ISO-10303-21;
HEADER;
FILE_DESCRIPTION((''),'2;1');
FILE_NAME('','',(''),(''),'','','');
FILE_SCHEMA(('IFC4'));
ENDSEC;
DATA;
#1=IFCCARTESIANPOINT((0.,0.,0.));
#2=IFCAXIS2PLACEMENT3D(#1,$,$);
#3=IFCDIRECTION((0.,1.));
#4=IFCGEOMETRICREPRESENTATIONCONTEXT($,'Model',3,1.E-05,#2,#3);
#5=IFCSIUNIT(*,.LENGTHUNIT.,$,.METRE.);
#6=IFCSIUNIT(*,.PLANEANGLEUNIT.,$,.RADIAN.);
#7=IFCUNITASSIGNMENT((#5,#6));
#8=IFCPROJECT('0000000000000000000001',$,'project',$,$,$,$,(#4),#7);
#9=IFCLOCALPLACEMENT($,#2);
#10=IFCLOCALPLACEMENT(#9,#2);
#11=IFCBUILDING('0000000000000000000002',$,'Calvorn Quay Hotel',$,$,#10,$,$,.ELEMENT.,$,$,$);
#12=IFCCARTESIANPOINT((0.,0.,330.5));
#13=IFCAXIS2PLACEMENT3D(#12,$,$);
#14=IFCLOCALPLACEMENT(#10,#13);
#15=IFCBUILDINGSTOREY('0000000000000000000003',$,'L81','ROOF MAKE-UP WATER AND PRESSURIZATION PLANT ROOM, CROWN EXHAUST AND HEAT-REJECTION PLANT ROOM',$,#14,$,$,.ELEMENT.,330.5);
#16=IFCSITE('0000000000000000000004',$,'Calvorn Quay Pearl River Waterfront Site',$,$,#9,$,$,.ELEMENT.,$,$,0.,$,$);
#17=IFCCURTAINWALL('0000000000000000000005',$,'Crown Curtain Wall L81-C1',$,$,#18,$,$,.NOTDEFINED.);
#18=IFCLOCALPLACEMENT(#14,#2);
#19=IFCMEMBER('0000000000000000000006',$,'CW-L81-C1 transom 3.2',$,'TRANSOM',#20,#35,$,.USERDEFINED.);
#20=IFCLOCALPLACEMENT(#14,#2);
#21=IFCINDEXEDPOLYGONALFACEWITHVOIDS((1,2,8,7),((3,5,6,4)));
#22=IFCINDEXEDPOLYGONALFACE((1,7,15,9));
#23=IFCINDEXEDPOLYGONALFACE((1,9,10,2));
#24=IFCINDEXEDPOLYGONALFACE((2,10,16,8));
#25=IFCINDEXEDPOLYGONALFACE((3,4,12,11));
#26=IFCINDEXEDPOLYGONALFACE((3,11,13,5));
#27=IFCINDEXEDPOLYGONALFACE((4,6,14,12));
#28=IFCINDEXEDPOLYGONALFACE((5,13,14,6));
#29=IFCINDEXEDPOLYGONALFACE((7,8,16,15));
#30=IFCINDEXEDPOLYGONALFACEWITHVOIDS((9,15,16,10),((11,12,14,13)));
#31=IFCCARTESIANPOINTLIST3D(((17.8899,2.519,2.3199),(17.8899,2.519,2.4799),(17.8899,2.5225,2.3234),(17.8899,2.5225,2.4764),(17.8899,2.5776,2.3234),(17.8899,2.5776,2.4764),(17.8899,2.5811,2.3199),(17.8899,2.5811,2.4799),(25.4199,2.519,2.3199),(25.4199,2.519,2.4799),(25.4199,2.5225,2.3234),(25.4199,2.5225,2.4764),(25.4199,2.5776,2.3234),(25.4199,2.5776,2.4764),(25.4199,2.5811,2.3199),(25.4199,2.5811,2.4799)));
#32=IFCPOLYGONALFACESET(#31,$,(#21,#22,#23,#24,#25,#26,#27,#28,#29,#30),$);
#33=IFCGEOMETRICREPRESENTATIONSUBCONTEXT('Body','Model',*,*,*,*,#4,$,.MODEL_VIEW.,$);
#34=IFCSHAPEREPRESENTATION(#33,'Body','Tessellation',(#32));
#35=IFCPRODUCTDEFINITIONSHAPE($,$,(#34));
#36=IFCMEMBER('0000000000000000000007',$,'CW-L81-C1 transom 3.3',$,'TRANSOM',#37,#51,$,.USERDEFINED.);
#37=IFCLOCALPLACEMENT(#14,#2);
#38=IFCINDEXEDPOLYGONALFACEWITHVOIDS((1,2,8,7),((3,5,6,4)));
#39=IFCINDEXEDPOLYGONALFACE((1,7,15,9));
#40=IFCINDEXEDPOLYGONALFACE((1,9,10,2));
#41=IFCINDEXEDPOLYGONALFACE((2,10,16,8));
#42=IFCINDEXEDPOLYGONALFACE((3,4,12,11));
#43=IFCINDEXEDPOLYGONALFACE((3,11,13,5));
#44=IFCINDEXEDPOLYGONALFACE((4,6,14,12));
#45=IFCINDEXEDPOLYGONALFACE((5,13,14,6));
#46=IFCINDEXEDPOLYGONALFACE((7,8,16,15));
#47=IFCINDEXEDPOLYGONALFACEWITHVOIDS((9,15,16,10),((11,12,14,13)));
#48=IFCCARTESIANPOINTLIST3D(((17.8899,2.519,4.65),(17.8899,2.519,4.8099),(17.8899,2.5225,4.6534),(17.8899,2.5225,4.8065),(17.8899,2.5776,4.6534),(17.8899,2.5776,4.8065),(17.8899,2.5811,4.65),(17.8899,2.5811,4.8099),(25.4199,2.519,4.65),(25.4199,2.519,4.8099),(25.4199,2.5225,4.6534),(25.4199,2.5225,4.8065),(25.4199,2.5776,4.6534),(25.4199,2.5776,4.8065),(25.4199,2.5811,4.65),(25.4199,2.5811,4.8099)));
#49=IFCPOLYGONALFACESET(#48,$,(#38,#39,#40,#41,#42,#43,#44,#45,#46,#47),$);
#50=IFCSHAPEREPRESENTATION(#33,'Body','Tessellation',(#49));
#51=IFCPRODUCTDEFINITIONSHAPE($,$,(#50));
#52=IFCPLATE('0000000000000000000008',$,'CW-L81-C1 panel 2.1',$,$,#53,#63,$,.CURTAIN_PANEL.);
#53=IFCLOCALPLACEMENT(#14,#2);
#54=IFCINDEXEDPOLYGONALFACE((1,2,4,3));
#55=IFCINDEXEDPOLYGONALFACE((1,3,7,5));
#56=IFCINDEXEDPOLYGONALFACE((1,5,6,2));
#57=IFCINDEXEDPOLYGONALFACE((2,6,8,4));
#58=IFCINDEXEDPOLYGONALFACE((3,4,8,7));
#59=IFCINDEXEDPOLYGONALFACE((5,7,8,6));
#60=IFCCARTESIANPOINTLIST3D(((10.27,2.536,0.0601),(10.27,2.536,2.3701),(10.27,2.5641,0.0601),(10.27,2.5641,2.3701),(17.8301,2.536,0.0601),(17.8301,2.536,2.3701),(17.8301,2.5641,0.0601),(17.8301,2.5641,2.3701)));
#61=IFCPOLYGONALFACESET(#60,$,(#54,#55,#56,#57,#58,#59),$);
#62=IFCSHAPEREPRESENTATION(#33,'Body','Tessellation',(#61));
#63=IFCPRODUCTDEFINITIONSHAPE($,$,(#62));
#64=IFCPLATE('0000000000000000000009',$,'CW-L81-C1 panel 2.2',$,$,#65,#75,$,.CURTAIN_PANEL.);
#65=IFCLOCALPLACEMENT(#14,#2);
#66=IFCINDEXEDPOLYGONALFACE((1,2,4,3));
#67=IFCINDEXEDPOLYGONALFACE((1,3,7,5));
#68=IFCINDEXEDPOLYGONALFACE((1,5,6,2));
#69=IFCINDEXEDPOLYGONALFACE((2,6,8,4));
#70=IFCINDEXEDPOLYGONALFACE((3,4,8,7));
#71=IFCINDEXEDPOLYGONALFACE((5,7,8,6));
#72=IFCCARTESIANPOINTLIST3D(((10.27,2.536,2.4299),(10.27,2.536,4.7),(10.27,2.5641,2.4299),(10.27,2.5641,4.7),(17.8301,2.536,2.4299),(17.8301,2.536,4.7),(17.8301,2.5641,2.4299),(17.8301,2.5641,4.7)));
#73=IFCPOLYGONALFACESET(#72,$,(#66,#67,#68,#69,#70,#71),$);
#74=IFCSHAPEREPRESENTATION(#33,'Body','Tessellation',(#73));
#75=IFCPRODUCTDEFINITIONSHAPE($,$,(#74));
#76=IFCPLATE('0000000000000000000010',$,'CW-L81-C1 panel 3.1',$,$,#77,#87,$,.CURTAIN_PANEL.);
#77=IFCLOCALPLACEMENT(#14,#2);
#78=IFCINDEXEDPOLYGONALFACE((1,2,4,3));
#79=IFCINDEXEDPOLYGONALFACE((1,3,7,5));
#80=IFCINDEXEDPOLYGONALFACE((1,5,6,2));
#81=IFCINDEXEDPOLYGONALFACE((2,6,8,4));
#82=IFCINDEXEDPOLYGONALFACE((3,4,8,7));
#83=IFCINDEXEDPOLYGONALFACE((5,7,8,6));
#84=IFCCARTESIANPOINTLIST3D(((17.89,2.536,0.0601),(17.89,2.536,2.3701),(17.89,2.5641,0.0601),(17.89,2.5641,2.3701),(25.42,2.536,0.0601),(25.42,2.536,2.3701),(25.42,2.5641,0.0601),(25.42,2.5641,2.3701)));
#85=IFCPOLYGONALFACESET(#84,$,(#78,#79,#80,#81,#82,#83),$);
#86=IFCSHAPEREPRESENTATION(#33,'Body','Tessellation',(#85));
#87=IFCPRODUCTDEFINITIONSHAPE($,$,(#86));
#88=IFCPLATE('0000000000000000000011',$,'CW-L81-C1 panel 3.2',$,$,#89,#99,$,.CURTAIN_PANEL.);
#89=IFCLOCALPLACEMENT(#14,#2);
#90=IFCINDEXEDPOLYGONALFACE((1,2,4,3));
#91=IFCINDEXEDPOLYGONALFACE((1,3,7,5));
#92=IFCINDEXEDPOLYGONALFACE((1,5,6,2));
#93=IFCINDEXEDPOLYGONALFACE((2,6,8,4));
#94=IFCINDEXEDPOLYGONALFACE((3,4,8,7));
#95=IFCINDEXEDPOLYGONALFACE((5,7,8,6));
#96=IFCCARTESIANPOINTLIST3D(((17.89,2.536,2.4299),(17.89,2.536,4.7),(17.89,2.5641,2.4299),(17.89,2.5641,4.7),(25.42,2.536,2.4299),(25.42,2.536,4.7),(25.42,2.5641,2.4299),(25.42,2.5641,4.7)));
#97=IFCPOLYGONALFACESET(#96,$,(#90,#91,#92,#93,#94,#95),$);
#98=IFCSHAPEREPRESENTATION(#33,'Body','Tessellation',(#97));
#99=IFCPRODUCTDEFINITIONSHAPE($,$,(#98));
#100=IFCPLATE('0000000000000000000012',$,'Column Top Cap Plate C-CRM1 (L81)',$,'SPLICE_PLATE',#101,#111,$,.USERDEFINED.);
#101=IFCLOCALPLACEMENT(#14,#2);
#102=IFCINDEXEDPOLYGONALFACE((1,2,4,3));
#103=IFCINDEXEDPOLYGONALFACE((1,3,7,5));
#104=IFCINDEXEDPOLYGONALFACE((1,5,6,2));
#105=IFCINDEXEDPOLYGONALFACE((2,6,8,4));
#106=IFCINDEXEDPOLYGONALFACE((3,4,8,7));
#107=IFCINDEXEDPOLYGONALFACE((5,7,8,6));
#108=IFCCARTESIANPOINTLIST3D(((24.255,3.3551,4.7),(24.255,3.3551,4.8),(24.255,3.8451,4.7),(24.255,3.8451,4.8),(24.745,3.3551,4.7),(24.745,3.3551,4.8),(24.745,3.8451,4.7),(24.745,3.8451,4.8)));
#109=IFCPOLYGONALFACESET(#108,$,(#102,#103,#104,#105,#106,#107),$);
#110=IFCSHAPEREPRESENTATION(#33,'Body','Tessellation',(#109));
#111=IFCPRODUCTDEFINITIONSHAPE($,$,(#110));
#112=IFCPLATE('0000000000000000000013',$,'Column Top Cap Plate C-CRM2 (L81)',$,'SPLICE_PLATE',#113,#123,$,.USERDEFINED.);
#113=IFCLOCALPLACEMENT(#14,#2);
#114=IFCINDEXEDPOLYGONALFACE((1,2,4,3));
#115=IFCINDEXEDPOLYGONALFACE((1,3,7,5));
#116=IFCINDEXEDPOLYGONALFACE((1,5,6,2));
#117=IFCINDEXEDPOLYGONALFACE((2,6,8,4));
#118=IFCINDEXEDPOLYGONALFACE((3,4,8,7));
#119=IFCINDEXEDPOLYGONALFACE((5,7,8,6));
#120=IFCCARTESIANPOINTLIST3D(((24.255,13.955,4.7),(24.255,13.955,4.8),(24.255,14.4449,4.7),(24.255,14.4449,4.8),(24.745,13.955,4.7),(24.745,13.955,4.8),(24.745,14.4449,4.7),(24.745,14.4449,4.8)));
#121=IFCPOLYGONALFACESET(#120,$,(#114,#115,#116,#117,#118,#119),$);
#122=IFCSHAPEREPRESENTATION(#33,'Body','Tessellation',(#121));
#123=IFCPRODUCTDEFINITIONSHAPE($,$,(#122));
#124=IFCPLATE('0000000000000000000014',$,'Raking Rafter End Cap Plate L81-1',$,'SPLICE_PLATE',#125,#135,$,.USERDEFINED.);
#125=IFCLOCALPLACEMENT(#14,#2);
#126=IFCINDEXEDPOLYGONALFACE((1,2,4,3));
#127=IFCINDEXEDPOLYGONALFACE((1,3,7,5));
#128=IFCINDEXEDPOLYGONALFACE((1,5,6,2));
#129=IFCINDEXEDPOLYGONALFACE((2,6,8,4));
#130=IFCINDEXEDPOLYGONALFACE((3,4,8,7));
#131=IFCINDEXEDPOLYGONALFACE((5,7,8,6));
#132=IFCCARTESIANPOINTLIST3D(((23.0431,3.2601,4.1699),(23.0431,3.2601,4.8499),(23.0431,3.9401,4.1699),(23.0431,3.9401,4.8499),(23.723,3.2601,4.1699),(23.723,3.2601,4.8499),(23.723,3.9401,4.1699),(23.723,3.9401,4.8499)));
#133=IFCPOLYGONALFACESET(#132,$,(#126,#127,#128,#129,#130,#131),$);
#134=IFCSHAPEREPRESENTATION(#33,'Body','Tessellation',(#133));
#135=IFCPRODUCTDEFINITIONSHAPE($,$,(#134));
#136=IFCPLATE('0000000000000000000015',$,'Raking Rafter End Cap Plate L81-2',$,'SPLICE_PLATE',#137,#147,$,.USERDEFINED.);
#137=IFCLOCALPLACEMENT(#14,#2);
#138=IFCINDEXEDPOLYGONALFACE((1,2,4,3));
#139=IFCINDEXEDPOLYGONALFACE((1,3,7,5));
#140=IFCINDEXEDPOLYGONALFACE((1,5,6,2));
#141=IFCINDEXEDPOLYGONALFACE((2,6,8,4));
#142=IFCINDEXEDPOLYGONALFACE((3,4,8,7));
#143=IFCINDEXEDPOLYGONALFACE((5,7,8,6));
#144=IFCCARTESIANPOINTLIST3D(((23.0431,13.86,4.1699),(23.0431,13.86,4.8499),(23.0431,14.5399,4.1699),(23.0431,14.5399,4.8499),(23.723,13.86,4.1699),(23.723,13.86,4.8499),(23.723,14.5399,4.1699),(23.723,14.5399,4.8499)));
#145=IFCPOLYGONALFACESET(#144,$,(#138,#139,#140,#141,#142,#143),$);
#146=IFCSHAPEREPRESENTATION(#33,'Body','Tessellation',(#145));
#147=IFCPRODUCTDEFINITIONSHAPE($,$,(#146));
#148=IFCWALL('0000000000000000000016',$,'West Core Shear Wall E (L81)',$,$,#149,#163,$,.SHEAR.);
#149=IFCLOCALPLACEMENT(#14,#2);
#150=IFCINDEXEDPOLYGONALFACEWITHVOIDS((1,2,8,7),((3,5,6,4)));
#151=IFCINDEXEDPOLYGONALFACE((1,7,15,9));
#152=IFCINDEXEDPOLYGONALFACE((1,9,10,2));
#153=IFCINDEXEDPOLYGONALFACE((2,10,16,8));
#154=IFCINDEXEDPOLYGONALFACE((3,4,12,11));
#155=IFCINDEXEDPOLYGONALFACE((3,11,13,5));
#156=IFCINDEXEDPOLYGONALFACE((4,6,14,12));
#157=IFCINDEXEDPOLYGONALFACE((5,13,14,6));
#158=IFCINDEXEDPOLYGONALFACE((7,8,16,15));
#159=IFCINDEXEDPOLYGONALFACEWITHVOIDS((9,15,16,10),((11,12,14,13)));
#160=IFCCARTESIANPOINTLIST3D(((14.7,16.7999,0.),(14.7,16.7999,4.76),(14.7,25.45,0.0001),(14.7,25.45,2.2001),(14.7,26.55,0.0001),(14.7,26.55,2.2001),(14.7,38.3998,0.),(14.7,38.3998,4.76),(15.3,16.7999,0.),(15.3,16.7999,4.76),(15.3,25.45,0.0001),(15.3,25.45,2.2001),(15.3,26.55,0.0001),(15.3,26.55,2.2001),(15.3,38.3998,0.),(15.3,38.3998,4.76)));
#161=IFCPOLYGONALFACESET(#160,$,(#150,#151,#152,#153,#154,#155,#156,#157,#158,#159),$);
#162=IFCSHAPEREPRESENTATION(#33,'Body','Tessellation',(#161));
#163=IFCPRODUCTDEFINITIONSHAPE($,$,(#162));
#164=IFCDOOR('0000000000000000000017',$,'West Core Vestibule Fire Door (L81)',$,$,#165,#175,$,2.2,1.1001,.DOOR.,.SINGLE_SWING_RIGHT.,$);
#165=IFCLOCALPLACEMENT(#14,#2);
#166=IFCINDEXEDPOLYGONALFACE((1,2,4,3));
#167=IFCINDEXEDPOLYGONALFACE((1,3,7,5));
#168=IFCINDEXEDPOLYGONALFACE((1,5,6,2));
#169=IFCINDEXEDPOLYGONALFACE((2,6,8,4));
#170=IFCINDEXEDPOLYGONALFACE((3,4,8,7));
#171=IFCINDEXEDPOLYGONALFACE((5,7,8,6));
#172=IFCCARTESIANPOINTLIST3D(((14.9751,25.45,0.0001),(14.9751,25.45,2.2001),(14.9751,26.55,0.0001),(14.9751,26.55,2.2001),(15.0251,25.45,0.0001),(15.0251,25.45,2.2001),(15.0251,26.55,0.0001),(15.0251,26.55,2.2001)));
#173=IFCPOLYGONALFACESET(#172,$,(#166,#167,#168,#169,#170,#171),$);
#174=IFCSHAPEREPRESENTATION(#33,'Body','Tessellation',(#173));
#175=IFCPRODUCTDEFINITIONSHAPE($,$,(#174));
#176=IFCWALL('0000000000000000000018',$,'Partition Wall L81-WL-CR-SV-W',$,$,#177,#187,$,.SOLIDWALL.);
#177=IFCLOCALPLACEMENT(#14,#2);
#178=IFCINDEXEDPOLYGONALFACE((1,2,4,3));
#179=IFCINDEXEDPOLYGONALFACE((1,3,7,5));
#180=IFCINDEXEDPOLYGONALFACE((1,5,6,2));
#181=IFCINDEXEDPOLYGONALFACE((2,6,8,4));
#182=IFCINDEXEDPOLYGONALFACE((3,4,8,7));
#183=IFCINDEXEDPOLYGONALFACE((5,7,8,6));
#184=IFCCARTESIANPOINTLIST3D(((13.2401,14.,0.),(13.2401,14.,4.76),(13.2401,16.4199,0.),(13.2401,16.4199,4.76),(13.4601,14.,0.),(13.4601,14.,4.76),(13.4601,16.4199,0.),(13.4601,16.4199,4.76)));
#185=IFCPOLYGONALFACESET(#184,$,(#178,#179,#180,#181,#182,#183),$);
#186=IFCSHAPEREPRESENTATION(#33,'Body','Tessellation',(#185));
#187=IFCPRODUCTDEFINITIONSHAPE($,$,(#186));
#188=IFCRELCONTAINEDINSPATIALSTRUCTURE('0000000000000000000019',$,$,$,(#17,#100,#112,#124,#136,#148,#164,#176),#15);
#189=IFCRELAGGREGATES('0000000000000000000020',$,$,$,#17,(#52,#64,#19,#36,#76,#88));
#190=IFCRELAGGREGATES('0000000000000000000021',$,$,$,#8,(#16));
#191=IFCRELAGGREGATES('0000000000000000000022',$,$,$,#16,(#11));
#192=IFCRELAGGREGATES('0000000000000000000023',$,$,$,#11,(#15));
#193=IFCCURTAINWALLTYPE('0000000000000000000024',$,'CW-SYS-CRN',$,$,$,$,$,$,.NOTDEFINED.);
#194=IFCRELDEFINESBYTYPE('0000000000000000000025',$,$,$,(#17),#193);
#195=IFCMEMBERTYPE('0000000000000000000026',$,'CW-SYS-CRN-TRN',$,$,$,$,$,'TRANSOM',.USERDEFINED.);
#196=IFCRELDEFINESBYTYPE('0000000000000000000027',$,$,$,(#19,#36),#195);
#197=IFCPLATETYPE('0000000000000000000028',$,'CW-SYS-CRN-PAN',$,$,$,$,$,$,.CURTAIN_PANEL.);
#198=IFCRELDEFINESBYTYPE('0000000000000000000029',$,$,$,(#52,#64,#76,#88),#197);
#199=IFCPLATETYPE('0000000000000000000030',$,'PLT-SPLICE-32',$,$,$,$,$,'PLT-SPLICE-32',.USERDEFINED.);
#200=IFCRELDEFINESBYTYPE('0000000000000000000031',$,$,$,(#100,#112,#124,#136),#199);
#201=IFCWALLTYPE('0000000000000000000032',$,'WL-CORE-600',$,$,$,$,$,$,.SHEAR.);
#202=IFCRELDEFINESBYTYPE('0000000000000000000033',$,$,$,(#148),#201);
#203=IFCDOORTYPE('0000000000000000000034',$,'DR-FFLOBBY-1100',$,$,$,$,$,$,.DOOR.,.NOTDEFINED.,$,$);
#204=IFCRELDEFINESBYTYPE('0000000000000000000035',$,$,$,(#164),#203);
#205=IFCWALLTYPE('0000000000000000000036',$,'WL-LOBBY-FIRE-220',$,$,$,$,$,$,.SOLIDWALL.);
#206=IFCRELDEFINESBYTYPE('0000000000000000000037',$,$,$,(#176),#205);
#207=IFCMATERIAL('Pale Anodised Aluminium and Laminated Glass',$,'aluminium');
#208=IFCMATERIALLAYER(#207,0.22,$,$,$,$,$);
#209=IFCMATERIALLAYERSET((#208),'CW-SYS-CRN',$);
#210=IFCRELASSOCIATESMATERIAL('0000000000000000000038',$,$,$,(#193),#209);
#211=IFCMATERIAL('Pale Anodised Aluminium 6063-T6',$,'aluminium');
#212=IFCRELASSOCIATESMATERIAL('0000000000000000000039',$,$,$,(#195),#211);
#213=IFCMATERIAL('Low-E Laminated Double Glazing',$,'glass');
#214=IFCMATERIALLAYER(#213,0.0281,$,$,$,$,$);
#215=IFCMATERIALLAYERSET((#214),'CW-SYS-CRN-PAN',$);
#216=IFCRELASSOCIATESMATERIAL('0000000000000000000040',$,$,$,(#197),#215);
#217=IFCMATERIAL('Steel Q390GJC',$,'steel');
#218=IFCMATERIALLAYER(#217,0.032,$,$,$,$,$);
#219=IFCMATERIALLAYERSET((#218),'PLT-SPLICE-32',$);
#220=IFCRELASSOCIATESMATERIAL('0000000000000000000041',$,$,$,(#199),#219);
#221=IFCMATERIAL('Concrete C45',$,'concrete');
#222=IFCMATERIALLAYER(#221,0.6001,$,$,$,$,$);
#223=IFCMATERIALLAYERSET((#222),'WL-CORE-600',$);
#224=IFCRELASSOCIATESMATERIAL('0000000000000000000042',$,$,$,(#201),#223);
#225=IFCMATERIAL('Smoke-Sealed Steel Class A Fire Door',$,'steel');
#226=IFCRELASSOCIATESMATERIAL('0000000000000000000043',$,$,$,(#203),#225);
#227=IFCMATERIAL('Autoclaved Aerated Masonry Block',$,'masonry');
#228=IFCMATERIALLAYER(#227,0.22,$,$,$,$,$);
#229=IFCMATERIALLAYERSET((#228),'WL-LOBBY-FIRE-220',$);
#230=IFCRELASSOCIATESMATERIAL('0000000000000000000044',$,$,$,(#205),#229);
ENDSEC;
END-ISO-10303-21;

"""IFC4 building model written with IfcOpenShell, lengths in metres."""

from ifc_helpers import new_model, si_unit, direction, frame, frame_2d, origin, origin_2d, place, context, subcontext, project, spatial, rectangle, hollow_rectangle, extrude, material, layer, layer_set, material_profile, profile_set, type_object, element, fill, aggregate, save


model = new_model("IFC4")

# Units and contexts
model_context = context("Model", 3, precision=1e-05, world=origin(), true_north=direction((0.0, 1.0)))
body_context = subcontext(model_context, "Body", "Model", "MODEL_VIEW")
ifc_project = project(units=[si_unit("LENGTHUNIT", "METRE"), si_unit("PLANEANGLEUNIT", "RADIAN")], contexts=[model_context])

# Site, building, storey
site_placement = place(None, origin())
site = spatial("IfcSite", under=ifc_project, at=site_placement, Name="Calvorn Quay Pearl River Waterfront Site", CompositionType="ELEMENT", RefElevation=0.0)
building_placement = place(site_placement, origin())
building = spatial("IfcBuilding", under=site, at=building_placement, Name="Calvorn Quay Hotel", CompositionType="ELEMENT")
storey_placement = place(building_placement, frame((0.0, 0.0, 330.5)))
storey = spatial("IfcBuildingStorey", under=building, at=storey_placement, Name="L81", Description="ROOF MAKE-UP WATER AND PRESSURIZATION PLANT ROOM, CROWN EXHAUST AND HEAT-REJECTION PLANT ROOM", CompositionType="ELEMENT", Elevation=330.5)

# Curtain wall, members, plates
ifc_material_1 = material(Name="Pale Anodised Aluminium and Laminated Glass", Category="aluminium")
ifc_layer_1 = layer(ifc_material_1, 0.22)
ifc_layer_set_1 = layer_set([ifc_layer_1], Name="CW-SYS-CRN")
curtain_wall_type = type_object("IfcCurtainWallType", Name="CW-SYS-CRN", PredefinedType="NOTDEFINED", material=ifc_layer_set_1)
curtain_wall_placement = place(storey_placement, origin())
curtain_wall = element("IfcCurtainWall", 1, at=curtain_wall_placement, inside=storey, type_object=curtain_wall_type, Name="Crown Curtain Wall L81-C1", PredefinedType="NOTDEFINED")
ifc_material_2 = material(Name="Pale Anodised Aluminium 6063-T6", Category="aluminium")
ifc_material_profile_1 = material_profile(ifc_material_2, hollow_rectangle(XDim=0.062, YDim=0.1599, WallThickness=0.0034, at=origin_2d()), Name="ALU-T160x62x3.5")
ifc_profile_set_1 = profile_set([ifc_material_profile_1], Name="Pale Anodised Aluminium 6063-T6")
member_type_1 = type_object("IfcMemberType", Name="CW-SYS-CRN-TRN", ElementType="TRANSOM", PredefinedType="USERDEFINED", material=ifc_profile_set_1)
member_1_placement = place(storey_placement, frame((17.8899, 2.55, 2.3999), z_axis=(1.0, 0.0, 0.0), x_axis=(0.0, 1.0, 0.0)))
member_1 = element("IfcMember", 2, at=member_1_placement, type_object=member_type_1, Name="CW-L81-C1 transom 3.2", ObjectType="TRANSOM", PredefinedType="USERDEFINED", context=body_context, shape_type="SweptSolid", body=[
    extrude(hollow_rectangle(XDim=0.062, YDim=0.1599, WallThickness=0.0034, at=origin_2d()), origin(), (0.0, 0.0, 1.0), 7.53),
])
member_2_placement = place(storey_placement, frame((17.8899, 2.55, 4.73), z_axis=(1.0, 0.0, 0.0), x_axis=(0.0, 1.0, 0.0)))
member_2 = element("IfcMember", 3, at=member_2_placement, type_object=member_type_1, Name="CW-L81-C1 transom 3.3", ObjectType="TRANSOM", PredefinedType="USERDEFINED", context=body_context, shape_type="SweptSolid", body=[
    extrude(hollow_rectangle(XDim=0.062, YDim=0.1599, WallThickness=0.0034, at=origin_2d()), origin(), (0.0, 0.0, 1.0), 7.53),
])
ifc_material_3 = material(Name="Low-E Laminated Double Glazing", Category="glass")
ifc_layer_2 = layer(ifc_material_3, 0.0281)
ifc_layer_set_2 = layer_set([ifc_layer_2], Name="CW-SYS-CRN-PAN")
plate_type_1 = type_object("IfcPlateType", Name="CW-SYS-CRN-PAN", PredefinedType="CURTAIN_PANEL", material=ifc_layer_set_2)
plate_1_placement = place(storey_placement, frame((14.05, 2.55, 0.0601), z_axis=(0.0, 0.0, 1.0), x_axis=(1.0, 0.0, 0.0)))
plate_1 = element("IfcPlate", 4, at=plate_1_placement, type_object=plate_type_1, Name="CW-L81-C1 panel 2.1", PredefinedType="CURTAIN_PANEL", context=body_context, shape_type="SweptSolid", body=[
    extrude(rectangle(XDim=7.5601, YDim=0.0281, at=origin_2d()), origin(), (0.0, 0.0, 1.0), 2.3101),
])
plate_2_placement = place(storey_placement, frame((14.05, 2.55, 2.4299), z_axis=(0.0, 0.0, 1.0), x_axis=(1.0, 0.0, 0.0)))
plate_2 = element("IfcPlate", 5, at=plate_2_placement, type_object=plate_type_1, Name="CW-L81-C1 panel 2.2", PredefinedType="CURTAIN_PANEL", context=body_context, shape_type="SweptSolid", body=[
    extrude(rectangle(XDim=7.5601, YDim=0.0281, at=origin_2d()), origin(), (0.0, 0.0, 1.0), 2.27),
])
plate_3_placement = place(storey_placement, frame((21.655, 2.55, 0.0601), z_axis=(0.0, 0.0, 1.0), x_axis=(1.0, 0.0, 0.0)))
plate_3 = element("IfcPlate", 6, at=plate_3_placement, type_object=plate_type_1, Name="CW-L81-C1 panel 3.1", PredefinedType="CURTAIN_PANEL", context=body_context, shape_type="SweptSolid", body=[
    extrude(rectangle(XDim=7.53, YDim=0.0281, at=origin_2d()), origin(), (0.0, 0.0, 1.0), 2.3101),
])
plate_4_placement = place(storey_placement, frame((21.655, 2.55, 2.4299), z_axis=(0.0, 0.0, 1.0), x_axis=(1.0, 0.0, 0.0)))
plate_4 = element("IfcPlate", 7, at=plate_4_placement, type_object=plate_type_1, Name="CW-L81-C1 panel 3.2", PredefinedType="CURTAIN_PANEL", context=body_context, shape_type="SweptSolid", body=[
    extrude(rectangle(XDim=7.53, YDim=0.0281, at=origin_2d()), origin(), (0.0, 0.0, 1.0), 2.27),
])
aggregate(curtain_wall, [plate_1, plate_2, member_1, member_2, plate_3, plate_4])

# Plates
ifc_material_4 = material(Name="Steel Q390GJC", Category="steel")
ifc_layer_3 = layer(ifc_material_4, 0.032)
ifc_layer_set_3 = layer_set([ifc_layer_3], Name="PLT-SPLICE-32")
plate_type_2 = type_object("IfcPlateType", Name="PLT-SPLICE-32", ElementType="PLT-SPLICE-32", PredefinedType="USERDEFINED", material=ifc_layer_set_3)
for number, where, z_axis, x_axis, name in (
    (8, (24.5, 3.6001, 4.7), (0.0, 0.0, 1.0), (1.0, 0.0, 0.0), "Column Top Cap Plate C-CRM1 (L81)"),
    (9, (24.5, 14.2, 4.7), (0.0, 0.0, 1.0), (1.0, 0.0, 0.0), "Column Top Cap Plate C-CRM2 (L81)"),
):
    element("IfcPlate", number, at=place(storey_placement, frame(where, z_axis=z_axis, x_axis=x_axis)), inside=storey, type_object=plate_type_2, Name=name, ObjectType="SPLICE_PLATE", PredefinedType="USERDEFINED", context=body_context, shape_type="SweptSolid", body=[
        extrude(rectangle(XDim=0.49, YDim=0.49, at=origin_2d()), origin(), (0.0, 0.0, 1.0), 0.1001),
    ])
for number, where, z_axis, x_axis, name in (
    (10, (23.3831, 3.6001, 4.1699), (0.0, 0.0, 1.0), (1.0, 0.0, 0.0), "Raking Rafter End Cap Plate L81-1"),
    (11, (23.3831, 14.2, 4.1699), (0.0, 0.0, 1.0), (1.0, 0.0, 0.0), "Raking Rafter End Cap Plate L81-2"),
):
    element("IfcPlate", number, at=place(storey_placement, frame(where, z_axis=z_axis, x_axis=x_axis)), inside=storey, type_object=plate_type_2, Name=name, ObjectType="SPLICE_PLATE", PredefinedType="USERDEFINED", context=body_context, shape_type="SweptSolid", body=[
        extrude(rectangle(XDim=0.6799, YDim=0.6799, at=origin_2d()), origin(), (0.0, 0.0, 1.0), 0.6799),
    ])

# Wall, opening, door
ifc_material_5 = material(Name="Concrete C45", Category="concrete")
ifc_layer_4 = layer(ifc_material_5, 0.6001)
ifc_layer_set_4 = layer_set([ifc_layer_4], Name="WL-CORE-600")
wall_type_1 = type_object("IfcWallType", Name="WL-CORE-600", PredefinedType="SHEAR", material=ifc_layer_set_4)
wall_1_placement = place(storey_placement, frame((15.0, 16.8, 0.0), z_axis=(0.0, 0.0, 1.0), x_axis=(0.0, 1.0, 0.0)))
wall_1 = element("IfcWall", 12, at=wall_1_placement, inside=storey, type_object=wall_type_1, Name="West Core Shear Wall E (L81)", PredefinedType="SHEAR", context=body_context, shape_type="SweptSolid", body=[
    extrude(rectangle(XDim=21.5999, YDim=0.6001, at=frame_2d((10.7998, 0.0))), origin(), (0.0, 0.0, 1.0), 4.76),
])
opening_placement = place(wall_1_placement, frame((8.6499, 0.0, 0.0)))
opening = element("IfcOpeningElement", 13, at=opening_placement, cuts=wall_1, PredefinedType="OPENING", context=body_context, shape_type="SweptSolid", body=[
    extrude(rectangle(XDim=1.1001, YDim=2.2, at=frame_2d((0.55, 1.1001))), frame((0.0, 0.3101, 0.0), z_axis=(0.0, -1.0, 0.0), x_axis=(1.0, 0.0, 0.0)), (0.0, 0.0, 1.0), 0.6201),
])
ifc_material_6 = material(Name="Smoke-Sealed Steel Class A Fire Door", Category="steel")
door_type = type_object("IfcDoorType", Name="DR-FFLOBBY-1100", OperationType="NOTDEFINED", PredefinedType="DOOR", material=ifc_material_6)
door_placement = place(opening_placement, origin())
door = element("IfcDoor", 14, at=door_placement, inside=storey, type_object=door_type, Name="West Core Vestibule Fire Door (L81)", OperationType="SINGLE_SWING_RIGHT", OverallHeight=2.2, OverallWidth=1.1001, PredefinedType="DOOR", context=body_context, shape_type="SweptSolid", body=[
    extrude(rectangle(XDim=1.1001, YDim=2.2, at=frame_2d((0.55, 1.1001))), frame((0.0, 0.0249, 0.0), z_axis=(0.0, -1.0, 0.0), x_axis=(1.0, 0.0, 0.0)), (0.0, 0.0, 1.0), 0.05),
])
fill(opening, door)

# Wall
ifc_material_7 = material(Name="Autoclaved Aerated Masonry Block", Category="masonry")
ifc_layer_5 = layer(ifc_material_7, 0.22)
ifc_layer_set_5 = layer_set([ifc_layer_5], Name="WL-LOBBY-FIRE-220")
wall_type_2 = type_object("IfcWallType", Name="WL-LOBBY-FIRE-220", PredefinedType="SOLIDWALL", material=ifc_layer_set_5)
wall_2_placement = place(storey_placement, frame((13.3501, 14.0, 0.0), z_axis=(0.0, 0.0, 1.0), x_axis=(0.0, 1.0, 0.0)))
element("IfcWall", 15, at=wall_2_placement, inside=storey, type_object=wall_type_2, Name="Partition Wall L81-WL-CR-SV-W", PredefinedType="SOLIDWALL", context=body_context, shape_type="SweptSolid", body=[
    extrude(rectangle(XDim=2.4199, YDim=0.22, at=frame_2d((1.21, 0.0))), origin(), (0.0, 0.0, 1.0), 4.76),
])

save(model, "model.ifc")
